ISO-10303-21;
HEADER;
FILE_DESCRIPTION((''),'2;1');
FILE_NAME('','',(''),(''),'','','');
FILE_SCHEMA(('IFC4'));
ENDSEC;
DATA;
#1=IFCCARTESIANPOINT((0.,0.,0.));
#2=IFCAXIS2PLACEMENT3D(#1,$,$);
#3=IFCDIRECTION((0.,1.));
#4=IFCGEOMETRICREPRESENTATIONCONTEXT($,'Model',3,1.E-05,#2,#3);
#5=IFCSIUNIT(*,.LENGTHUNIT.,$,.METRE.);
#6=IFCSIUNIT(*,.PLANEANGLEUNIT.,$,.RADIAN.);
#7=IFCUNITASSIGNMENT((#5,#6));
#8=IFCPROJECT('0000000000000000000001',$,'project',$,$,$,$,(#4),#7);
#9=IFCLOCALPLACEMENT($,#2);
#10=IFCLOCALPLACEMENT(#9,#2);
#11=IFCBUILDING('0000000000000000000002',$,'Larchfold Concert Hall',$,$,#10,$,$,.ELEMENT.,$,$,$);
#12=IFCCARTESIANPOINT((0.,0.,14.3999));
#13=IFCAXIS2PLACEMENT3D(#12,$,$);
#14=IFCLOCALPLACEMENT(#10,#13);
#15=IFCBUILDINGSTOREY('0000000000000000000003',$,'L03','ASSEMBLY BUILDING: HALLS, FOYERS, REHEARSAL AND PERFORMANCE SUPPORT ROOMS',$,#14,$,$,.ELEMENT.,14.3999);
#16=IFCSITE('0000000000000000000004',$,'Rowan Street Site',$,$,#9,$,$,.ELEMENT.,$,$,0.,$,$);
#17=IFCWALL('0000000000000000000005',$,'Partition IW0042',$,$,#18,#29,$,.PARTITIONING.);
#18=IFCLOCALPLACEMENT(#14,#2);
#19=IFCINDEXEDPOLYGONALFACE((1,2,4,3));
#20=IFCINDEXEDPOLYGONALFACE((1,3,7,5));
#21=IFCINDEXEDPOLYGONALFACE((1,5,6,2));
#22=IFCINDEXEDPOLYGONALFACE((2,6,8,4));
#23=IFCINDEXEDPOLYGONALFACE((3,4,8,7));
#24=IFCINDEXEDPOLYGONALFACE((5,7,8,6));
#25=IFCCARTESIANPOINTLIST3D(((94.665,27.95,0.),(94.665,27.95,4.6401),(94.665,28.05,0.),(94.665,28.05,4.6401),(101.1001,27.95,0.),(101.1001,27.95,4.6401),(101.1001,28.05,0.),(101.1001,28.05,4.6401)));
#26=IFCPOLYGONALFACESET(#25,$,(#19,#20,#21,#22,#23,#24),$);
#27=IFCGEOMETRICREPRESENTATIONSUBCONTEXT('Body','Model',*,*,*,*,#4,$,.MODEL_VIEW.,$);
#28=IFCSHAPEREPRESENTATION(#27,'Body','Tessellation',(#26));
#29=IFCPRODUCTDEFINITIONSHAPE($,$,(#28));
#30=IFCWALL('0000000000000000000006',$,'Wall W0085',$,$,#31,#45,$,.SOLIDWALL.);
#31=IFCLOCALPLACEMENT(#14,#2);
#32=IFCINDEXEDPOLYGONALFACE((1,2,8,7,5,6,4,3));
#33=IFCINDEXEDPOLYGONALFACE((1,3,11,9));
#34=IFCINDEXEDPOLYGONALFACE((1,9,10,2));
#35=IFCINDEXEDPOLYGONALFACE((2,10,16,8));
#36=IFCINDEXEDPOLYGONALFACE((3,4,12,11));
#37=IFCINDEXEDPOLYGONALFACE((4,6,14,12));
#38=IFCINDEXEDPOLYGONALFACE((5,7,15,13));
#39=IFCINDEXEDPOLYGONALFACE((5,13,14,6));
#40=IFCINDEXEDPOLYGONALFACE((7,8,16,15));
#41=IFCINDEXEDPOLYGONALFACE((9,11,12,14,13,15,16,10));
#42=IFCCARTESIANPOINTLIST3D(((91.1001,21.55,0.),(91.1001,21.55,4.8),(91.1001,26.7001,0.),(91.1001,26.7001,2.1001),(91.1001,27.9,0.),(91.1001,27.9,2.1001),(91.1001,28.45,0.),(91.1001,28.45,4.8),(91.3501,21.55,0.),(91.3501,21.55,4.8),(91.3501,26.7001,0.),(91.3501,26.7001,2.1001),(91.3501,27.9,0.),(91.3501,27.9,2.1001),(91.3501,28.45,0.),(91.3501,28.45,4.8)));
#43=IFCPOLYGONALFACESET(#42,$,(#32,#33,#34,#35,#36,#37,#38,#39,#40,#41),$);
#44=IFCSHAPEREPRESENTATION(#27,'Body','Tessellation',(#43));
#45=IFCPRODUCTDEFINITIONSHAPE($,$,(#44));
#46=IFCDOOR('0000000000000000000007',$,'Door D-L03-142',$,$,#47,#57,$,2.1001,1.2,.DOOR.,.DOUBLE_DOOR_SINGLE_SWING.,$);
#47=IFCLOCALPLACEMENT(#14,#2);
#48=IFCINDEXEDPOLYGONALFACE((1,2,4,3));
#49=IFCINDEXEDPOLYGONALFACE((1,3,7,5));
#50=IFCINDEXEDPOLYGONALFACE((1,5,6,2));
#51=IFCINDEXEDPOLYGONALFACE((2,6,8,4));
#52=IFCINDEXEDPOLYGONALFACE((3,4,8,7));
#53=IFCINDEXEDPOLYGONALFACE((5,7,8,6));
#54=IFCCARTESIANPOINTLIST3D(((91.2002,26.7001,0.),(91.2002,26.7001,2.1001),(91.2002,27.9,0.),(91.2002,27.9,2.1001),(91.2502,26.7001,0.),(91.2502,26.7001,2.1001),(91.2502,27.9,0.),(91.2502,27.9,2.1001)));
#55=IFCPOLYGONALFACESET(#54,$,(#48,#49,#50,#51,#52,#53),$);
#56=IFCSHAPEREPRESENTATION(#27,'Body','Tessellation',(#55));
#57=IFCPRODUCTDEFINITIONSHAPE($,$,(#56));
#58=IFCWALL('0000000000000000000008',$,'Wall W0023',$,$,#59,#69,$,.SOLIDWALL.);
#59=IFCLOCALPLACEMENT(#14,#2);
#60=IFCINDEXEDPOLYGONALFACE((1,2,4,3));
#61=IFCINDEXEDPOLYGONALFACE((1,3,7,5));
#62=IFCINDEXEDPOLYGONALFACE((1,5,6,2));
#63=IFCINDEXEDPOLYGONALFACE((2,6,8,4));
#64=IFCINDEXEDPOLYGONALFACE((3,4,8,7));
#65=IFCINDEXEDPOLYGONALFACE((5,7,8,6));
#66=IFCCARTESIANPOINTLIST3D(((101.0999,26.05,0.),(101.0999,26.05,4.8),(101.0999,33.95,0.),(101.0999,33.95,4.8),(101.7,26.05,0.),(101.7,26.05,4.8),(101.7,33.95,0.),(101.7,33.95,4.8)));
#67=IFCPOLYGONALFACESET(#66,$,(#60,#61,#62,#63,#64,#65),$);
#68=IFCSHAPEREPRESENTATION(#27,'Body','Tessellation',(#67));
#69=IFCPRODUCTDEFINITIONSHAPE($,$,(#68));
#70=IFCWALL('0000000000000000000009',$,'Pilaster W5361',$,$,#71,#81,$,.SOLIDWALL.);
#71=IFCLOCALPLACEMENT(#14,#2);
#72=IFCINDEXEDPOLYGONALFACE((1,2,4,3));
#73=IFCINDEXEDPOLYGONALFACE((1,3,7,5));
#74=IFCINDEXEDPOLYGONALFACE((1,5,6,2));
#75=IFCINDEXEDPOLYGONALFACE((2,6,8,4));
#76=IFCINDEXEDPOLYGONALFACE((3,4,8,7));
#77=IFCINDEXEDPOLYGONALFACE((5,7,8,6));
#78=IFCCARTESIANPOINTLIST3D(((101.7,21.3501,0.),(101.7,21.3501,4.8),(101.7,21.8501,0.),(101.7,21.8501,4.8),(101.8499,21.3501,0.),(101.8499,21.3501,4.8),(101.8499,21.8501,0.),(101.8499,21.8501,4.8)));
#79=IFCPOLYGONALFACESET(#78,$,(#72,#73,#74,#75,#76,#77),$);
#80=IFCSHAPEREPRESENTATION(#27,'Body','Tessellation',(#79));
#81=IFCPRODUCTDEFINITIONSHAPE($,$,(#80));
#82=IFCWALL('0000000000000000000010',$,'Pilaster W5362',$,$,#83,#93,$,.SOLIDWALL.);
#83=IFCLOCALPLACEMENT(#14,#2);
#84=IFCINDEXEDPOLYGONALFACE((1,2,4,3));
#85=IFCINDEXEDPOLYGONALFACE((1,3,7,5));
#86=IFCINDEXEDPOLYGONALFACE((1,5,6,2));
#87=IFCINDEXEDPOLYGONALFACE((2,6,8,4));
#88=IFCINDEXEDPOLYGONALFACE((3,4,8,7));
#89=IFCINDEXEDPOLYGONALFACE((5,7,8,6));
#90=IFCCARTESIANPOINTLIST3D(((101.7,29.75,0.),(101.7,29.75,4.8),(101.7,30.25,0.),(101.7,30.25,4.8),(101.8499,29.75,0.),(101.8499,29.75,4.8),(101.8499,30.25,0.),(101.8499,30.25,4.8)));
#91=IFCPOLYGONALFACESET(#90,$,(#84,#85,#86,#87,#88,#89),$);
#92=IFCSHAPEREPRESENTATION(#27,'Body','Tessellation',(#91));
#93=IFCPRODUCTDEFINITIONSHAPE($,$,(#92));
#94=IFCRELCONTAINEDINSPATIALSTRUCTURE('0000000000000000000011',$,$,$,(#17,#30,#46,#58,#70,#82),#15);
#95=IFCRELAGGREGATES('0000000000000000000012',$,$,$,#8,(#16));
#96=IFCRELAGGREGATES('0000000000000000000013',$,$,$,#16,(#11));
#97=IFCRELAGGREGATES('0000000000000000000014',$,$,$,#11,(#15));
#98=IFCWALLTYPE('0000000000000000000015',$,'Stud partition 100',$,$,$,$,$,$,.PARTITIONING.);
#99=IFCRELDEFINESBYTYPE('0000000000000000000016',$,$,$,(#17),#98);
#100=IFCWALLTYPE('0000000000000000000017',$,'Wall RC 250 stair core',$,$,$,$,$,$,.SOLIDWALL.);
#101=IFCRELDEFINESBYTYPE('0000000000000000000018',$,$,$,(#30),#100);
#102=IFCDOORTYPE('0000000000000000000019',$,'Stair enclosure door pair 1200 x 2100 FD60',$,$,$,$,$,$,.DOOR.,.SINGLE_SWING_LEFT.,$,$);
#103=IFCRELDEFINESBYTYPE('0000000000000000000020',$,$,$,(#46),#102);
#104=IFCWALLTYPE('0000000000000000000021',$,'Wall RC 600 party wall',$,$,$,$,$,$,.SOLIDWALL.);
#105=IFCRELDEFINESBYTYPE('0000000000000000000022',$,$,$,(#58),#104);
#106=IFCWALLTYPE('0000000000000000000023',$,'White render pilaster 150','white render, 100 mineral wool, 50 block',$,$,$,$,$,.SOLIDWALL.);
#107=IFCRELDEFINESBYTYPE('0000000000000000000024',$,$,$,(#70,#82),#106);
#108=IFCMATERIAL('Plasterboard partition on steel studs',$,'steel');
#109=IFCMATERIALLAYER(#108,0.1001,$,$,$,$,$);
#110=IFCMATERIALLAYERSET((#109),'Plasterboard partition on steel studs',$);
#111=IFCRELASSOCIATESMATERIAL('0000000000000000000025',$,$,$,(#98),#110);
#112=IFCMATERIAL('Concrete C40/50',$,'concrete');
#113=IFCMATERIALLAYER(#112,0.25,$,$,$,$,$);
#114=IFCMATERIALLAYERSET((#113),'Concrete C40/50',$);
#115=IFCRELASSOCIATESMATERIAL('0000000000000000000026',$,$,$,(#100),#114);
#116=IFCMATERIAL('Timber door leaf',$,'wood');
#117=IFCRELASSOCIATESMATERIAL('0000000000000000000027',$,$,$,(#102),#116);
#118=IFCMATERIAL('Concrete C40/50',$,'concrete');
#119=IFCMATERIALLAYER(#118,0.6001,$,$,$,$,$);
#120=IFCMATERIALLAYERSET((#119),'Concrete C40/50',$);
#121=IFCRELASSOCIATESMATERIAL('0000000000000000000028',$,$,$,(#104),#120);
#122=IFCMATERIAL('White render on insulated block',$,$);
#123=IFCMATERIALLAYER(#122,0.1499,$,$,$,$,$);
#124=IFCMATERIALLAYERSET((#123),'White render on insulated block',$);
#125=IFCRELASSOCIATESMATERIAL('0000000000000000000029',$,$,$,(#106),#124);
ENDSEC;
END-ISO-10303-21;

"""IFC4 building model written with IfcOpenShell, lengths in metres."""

from ifc_helpers import new_model, si_unit, direction, frame, frame_2d, origin, place, context, subcontext, project, spatial, rectangle, extrude, material, layer, layer_set, type_object, element, fill, save


model = new_model("IFC4")

# Units and contexts
model_context = context("Model", 3, precision=1e-05, world=origin(), true_north=direction((0.0, 1.0)))
body_context = subcontext(model_context, "Body", "Model", "MODEL_VIEW")
ifc_project = project(units=[si_unit("LENGTHUNIT", "METRE"), si_unit("PLANEANGLEUNIT", "RADIAN")], contexts=[model_context])

# Site, building, storey
site_placement = place(None, origin())
site = spatial("IfcSite", under=ifc_project, at=site_placement, Name="Rowan Street Site", CompositionType="ELEMENT", RefElevation=0.0)
building_placement = place(site_placement, origin())
building = spatial("IfcBuilding", under=site, at=building_placement, Name="Larchfold Concert Hall", CompositionType="ELEMENT")
storey_placement = place(building_placement, frame((0.0, 0.0, 14.3999)))
storey = spatial("IfcBuildingStorey", under=building, at=storey_placement, Name="L03", Description="ASSEMBLY BUILDING: HALLS, FOYERS, REHEARSAL AND PERFORMANCE SUPPORT ROOMS", CompositionType="ELEMENT", Elevation=14.3999)

# Wall
ifc_material_1 = material(Name="Plasterboard partition on steel studs", Category="steel")
ifc_layer_1 = layer(ifc_material_1, 0.1001)
ifc_layer_set_1 = layer_set([ifc_layer_1], Name="Plasterboard partition on steel studs")
wall_type_1 = type_object("IfcWallType", Name="Stud partition 100", PredefinedType="PARTITIONING", material=ifc_layer_set_1)
wall_1_placement = place(storey_placement, frame((94.665, 28.0, 0.0), z_axis=(0.0, 0.0, 1.0), x_axis=(1.0, 0.0, 0.0)))
element("IfcWall", 1, at=wall_1_placement, inside=storey, type_object=wall_type_1, Name="Partition IW0042", PredefinedType="PARTITIONING", context=body_context, shape_type="SweptSolid", body=[
    extrude(rectangle(XDim=6.4351, YDim=0.1001, at=frame_2d((3.2175, 0.0))), origin(), (0.0, 0.0, 1.0), 4.6401),
])

# Wall, opening, door
ifc_material_2 = material(Name="Concrete C40/50", Category="concrete")
ifc_layer_2 = layer(ifc_material_2, 0.25)
ifc_layer_set_2 = layer_set([ifc_layer_2], Name="Concrete C40/50")
wall_type_2 = type_object("IfcWallType", Name="Wall RC 250 stair core", PredefinedType="SOLIDWALL", material=ifc_layer_set_2)
wall_2_placement = place(storey_placement, frame((91.2251, 21.55, 0.0), z_axis=(0.0, 0.0, 1.0), x_axis=(0.0, 1.0, 0.0)))
wall_2 = element("IfcWall", 2, at=wall_2_placement, inside=storey, type_object=wall_type_2, Name="Wall W0085", PredefinedType="SOLIDWALL", context=body_context, shape_type="SweptSolid", body=[
    extrude(rectangle(XDim=6.8999, YDim=0.25, at=frame_2d((3.45, 0.0))), origin(), (0.0, 0.0, 1.0), 4.8),
])
opening_1_placement = place(wall_2_placement, frame((5.1499, 0.0, 0.0)))
opening_1 = element("IfcOpeningElement", 3, at=opening_1_placement, cuts=wall_2, PredefinedType="OPENING", context=body_context, shape_type="SweptSolid", body=[
    extrude(rectangle(XDim=1.2, YDim=2.1001, at=frame_2d((0.6001, 1.05))), frame((0.0, 0.135, 0.0), z_axis=(0.0, -1.0, 0.0), x_axis=(1.0, 0.0, 0.0)), (0.0, 0.0, 1.0), 0.27),
])
ifc_material_3 = material(Name="Timber door leaf", Category="wood")
door_type_1 = type_object("IfcDoorType", Name="Stair enclosure door pair 1200 x 2100 FD60", OperationType="SINGLE_SWING_LEFT", PredefinedType="DOOR", material=ifc_material_3)
door_1_placement = place(opening_1_placement, origin())
door_1 = element("IfcDoor", 4, at=door_1_placement, inside=storey, type_object=door_type_1, Name="Door D-L03-142", OperationType="DOUBLE_DOOR_SINGLE_SWING", OverallHeight=2.1001, OverallWidth=1.2, PredefinedType="DOOR", context=body_context, shape_type="SweptSolid", body=[
    extrude(rectangle(XDim=1.2, YDim=2.1001, at=frame_2d((0.6001, 1.05))), frame((0.0, 0.0249, 0.0), z_axis=(0.0, -1.0, 0.0), x_axis=(1.0, 0.0, 0.0)), (0.0, 0.0, 1.0), 0.05),
])
fill(opening_1, door_1)

# Walls
ifc_material_4 = material(Name="Concrete C40/50", Category="concrete")
ifc_layer_3 = layer(ifc_material_4, 0.6001)
ifc_layer_set_3 = layer_set([ifc_layer_3], Name="Concrete C40/50")
wall_type_3 = type_object("IfcWallType", Name="Wall RC 600 party wall", PredefinedType="SOLIDWALL", material=ifc_layer_set_3)
wall_3_placement = place(storey_placement, frame((101.3999, 26.05, 0.0), z_axis=(0.0, 0.0, 1.0), x_axis=(0.0, 1.0, 0.0)))
element("IfcWall", 5, at=wall_3_placement, inside=storey, type_object=wall_type_3, Name="Wall W0023", PredefinedType="SOLIDWALL", context=body_context, shape_type="SweptSolid", body=[
    extrude(rectangle(XDim=7.8999, YDim=0.6001, at=frame_2d((3.95, 0.0))), origin(), (0.0, 0.0, 1.0), 4.8),
])
ifc_material_5 = material(Name="White render on insulated block")
ifc_layer_4 = layer(ifc_material_5, 0.1499)
ifc_layer_set_4 = layer_set([ifc_layer_4], Name="White render on insulated block")
wall_type_4 = type_object("IfcWallType", Name="White render pilaster 150", Description="white render, 100 mineral wool, 50 block", PredefinedType="SOLIDWALL", material=ifc_layer_set_4)
for number, where, z_axis, x_axis, name in (
    (6, (101.7749, 21.3501, 0.0), (0.0, 0.0, 1.0), (0.0, 1.0, 0.0), "Pilaster W5361"),
    (7, (101.7749, 29.75, 0.0), (0.0, 0.0, 1.0), (0.0, 1.0, 0.0), "Pilaster W5362"),
):
    element("IfcWall", number, at=place(storey_placement, frame(where, z_axis=z_axis, x_axis=x_axis)), inside=storey, type_object=wall_type_4, Name=name, PredefinedType="SOLIDWALL", context=body_context, shape_type="SweptSolid", body=[
        extrude(rectangle(XDim=0.5, YDim=0.1499, at=frame_2d((0.25, 0.0))), origin(), (0.0, 0.0, 1.0), 4.8),
    ])

save(model, "model.ifc")
